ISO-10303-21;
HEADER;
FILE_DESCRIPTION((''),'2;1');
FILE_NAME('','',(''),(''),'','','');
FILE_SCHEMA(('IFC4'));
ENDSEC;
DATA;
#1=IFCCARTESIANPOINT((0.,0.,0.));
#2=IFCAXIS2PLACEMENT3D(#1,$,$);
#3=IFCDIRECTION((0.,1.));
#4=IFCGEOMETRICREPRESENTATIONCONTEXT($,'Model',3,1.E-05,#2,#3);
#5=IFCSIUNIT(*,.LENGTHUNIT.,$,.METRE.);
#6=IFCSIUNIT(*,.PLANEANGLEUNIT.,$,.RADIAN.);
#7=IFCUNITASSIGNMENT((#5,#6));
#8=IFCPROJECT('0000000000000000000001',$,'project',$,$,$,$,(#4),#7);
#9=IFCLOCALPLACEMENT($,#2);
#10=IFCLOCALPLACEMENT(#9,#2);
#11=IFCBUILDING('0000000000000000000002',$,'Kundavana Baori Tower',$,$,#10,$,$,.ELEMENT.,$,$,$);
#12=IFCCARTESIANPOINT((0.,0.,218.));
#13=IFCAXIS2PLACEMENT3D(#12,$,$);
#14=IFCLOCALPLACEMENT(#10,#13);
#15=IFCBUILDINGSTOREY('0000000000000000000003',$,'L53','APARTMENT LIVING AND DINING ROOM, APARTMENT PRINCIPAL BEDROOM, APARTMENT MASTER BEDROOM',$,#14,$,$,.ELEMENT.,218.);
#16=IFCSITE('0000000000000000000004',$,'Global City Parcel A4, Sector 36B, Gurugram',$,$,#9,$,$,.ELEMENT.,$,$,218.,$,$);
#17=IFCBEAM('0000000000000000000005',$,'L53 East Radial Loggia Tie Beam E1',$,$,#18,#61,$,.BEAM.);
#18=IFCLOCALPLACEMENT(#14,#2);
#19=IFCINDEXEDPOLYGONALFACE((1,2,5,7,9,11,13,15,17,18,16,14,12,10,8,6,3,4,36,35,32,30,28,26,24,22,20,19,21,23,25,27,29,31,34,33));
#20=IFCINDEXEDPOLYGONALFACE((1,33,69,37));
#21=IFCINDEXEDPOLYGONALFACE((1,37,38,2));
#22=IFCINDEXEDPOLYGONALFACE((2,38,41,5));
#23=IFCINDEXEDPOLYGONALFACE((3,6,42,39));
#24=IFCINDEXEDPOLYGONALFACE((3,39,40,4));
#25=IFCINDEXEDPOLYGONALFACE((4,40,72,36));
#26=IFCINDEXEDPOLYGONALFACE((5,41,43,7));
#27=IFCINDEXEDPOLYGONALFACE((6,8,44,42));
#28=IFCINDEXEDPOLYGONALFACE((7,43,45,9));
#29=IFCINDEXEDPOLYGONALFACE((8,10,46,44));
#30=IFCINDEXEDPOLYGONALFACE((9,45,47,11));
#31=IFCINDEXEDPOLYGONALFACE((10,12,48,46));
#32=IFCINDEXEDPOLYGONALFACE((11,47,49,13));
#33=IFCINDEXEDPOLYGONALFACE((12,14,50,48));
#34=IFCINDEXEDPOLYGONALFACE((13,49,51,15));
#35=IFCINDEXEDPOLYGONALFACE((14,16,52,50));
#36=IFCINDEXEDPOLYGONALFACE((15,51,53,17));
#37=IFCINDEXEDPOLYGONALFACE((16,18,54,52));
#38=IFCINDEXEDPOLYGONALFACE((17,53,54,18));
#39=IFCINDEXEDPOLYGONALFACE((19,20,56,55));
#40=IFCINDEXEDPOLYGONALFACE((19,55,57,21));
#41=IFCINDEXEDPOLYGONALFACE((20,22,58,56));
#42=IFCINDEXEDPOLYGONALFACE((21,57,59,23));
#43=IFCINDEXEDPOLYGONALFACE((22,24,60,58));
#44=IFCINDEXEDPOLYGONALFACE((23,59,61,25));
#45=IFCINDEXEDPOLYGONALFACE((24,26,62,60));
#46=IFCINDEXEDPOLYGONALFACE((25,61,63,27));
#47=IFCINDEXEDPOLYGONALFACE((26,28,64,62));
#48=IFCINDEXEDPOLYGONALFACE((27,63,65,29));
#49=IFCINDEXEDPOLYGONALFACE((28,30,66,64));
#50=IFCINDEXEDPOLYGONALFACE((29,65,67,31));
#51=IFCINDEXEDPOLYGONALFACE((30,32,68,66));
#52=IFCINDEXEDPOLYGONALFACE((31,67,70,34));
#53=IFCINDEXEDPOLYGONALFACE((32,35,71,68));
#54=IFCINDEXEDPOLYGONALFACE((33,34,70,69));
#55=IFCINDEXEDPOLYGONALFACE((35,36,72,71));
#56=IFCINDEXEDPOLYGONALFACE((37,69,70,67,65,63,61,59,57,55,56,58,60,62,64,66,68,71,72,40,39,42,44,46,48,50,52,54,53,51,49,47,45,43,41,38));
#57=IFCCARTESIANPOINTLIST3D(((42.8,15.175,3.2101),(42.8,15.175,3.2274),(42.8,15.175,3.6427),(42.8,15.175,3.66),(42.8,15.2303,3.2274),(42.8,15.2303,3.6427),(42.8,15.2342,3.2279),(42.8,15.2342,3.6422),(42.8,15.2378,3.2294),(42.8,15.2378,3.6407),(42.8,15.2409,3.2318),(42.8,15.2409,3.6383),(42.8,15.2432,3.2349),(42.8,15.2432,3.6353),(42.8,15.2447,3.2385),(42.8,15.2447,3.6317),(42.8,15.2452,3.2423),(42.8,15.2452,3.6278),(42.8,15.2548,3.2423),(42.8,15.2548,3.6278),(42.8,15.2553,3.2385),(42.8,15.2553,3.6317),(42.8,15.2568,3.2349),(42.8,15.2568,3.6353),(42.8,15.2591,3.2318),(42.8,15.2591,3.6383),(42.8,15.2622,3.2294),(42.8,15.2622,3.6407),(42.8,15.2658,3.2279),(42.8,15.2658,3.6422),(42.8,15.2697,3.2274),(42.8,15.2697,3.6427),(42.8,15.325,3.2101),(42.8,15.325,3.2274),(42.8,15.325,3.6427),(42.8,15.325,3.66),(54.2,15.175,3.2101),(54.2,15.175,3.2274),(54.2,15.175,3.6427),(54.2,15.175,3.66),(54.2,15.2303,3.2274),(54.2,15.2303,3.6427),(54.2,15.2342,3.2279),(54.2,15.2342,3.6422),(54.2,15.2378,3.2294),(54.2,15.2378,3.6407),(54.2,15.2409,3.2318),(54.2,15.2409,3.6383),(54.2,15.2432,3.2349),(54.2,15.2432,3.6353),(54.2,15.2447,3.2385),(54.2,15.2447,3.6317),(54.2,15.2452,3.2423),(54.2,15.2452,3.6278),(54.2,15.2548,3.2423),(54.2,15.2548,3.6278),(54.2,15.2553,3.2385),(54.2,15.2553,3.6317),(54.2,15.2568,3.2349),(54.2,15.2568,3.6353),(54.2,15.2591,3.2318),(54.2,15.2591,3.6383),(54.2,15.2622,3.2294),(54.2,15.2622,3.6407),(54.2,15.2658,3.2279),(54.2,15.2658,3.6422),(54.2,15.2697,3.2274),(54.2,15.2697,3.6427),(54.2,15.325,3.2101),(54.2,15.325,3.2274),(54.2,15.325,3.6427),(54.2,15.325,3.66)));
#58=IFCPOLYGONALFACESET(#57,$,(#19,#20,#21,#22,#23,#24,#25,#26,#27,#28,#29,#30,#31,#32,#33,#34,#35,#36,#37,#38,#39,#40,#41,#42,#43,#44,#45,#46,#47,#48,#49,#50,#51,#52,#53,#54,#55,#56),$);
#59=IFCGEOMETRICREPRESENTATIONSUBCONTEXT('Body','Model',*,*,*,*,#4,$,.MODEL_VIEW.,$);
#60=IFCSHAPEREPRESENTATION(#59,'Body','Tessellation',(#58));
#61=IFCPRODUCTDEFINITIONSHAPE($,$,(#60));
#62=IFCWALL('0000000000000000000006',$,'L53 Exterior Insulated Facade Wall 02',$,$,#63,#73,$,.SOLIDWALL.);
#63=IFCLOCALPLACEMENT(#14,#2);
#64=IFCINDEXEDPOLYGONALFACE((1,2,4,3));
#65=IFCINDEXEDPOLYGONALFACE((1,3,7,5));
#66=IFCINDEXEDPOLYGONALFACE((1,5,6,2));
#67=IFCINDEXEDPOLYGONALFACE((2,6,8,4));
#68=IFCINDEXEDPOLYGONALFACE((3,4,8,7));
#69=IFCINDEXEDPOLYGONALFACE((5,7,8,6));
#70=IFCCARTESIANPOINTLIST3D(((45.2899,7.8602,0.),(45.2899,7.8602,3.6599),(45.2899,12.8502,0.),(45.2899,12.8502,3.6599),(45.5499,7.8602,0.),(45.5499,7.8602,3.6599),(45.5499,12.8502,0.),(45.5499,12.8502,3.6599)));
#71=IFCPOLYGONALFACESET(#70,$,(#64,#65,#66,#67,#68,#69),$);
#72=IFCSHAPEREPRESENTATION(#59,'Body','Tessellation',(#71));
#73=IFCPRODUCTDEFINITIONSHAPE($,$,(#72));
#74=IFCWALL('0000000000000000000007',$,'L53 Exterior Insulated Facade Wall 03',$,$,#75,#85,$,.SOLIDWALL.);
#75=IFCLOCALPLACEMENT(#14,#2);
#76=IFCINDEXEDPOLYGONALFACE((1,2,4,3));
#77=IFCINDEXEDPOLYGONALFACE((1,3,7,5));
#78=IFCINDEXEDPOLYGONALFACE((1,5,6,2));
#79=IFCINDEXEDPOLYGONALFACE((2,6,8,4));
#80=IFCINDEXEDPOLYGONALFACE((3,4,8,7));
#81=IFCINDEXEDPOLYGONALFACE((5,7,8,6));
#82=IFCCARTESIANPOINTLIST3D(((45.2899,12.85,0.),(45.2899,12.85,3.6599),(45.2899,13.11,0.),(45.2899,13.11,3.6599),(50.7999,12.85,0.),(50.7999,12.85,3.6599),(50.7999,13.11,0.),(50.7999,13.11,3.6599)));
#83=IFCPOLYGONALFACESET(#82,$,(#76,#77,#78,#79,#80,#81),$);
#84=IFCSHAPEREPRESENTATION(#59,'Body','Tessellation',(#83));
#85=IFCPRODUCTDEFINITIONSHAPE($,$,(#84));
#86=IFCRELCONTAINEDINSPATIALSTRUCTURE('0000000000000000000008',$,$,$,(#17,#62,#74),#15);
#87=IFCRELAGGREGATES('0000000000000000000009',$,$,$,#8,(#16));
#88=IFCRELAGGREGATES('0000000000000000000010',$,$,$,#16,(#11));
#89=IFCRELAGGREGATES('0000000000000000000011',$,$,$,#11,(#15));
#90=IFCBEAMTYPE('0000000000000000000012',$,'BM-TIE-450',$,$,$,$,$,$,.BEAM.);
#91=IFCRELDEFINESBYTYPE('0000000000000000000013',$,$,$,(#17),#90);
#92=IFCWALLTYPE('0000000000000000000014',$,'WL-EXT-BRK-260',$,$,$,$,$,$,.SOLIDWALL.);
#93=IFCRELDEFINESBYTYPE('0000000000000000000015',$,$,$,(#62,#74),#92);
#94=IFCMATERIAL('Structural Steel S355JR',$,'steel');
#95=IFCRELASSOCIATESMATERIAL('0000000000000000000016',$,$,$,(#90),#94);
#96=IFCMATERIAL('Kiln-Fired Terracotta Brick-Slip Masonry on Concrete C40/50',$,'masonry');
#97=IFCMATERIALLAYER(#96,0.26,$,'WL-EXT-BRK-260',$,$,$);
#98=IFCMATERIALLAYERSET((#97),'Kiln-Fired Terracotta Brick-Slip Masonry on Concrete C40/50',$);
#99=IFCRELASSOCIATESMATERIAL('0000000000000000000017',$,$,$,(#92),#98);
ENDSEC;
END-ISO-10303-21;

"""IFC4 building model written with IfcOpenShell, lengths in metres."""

from ifc_helpers import new_model, si_unit, direction, frame, frame_2d, origin, origin_2d, place, context, subcontext, project, spatial, rectangle, i_section, extrude, material, layer, layer_set, material_profile, profile_set, type_object, element, save


model = new_model("IFC4")

# Units and contexts
model_context = context("Model", 3, precision=1e-05, world=origin(), true_north=direction((0.0, 1.0)))
body_context = subcontext(model_context, "Body", "Model", "MODEL_VIEW")
ifc_project = project(units=[si_unit("LENGTHUNIT", "METRE"), si_unit("PLANEANGLEUNIT", "RADIAN")], contexts=[model_context])

# Site, building, storey
site_placement = place(None, origin())
site = spatial("IfcSite", under=ifc_project, at=site_placement, Name="Global City Parcel A4, Sector 36B, Gurugram", CompositionType="ELEMENT", RefElevation=218.0)
building_placement = place(site_placement, origin())
building = spatial("IfcBuilding", under=site, at=building_placement, Name="Kundavana Baori Tower", CompositionType="ELEMENT")
storey_placement = place(building_placement, frame((0.0, 0.0, 218.0)))
storey = spatial("IfcBuildingStorey", under=building, at=storey_placement, Name="L53", Description="APARTMENT LIVING AND DINING ROOM, APARTMENT PRINCIPAL BEDROOM, APARTMENT MASTER BEDROOM", CompositionType="ELEMENT", Elevation=218.0)

# Beam
ifc_material_1 = material(Name="Structural Steel S355JR", Category="steel")
ifc_material_profile_1 = material_profile(ifc_material_1, i_section(OverallWidth=0.1499, OverallDepth=0.45, WebThickness=0.0095, FlangeThickness=0.0173, FilletRadius=0.0149, at=origin_2d()), Name="ISMB 450")
ifc_profile_set_1 = profile_set([ifc_material_profile_1], Name="Structural Steel S355JR")
beam_type_1 = type_object("IfcBeamType", Name="BM-TIE-450", PredefinedType="BEAM", material=ifc_profile_set_1)
beam_1_placement = place(storey_placement, frame((42.8, 15.25, 3.4351), z_axis=(1.0, 0.0, 0.0), x_axis=(0.0, 1.0, 0.0)))
element("IfcBeam", 1, at=beam_1_placement, inside=storey, type_object=beam_type_1, Name="L53 East Radial Loggia Tie Beam E1", PredefinedType="BEAM", context=body_context, shape_type="SweptSolid", body=[
    extrude(i_section(OverallWidth=0.1499, OverallDepth=0.45, WebThickness=0.0095, FlangeThickness=0.0173, FilletRadius=0.0149, at=origin_2d()), origin(), (0.0, 0.0, 1.0), 11.3999),
])

# Walls
ifc_material_2 = material(Name="Kiln-Fired Terracotta Brick-Slip Masonry on Concrete C40/50", Category="masonry")
ifc_layer_1 = layer(ifc_material_2, 0.26, Name="WL-EXT-BRK-260")
ifc_layer_set_1 = layer_set([ifc_layer_1], Name="Kiln-Fired Terracotta Brick-Slip Masonry on Concrete C40/50")
wall_type_1 = type_object("IfcWallType", Name="WL-EXT-BRK-260", PredefinedType="SOLIDWALL", material=ifc_layer_set_1)
wall_1_placement = place(storey_placement, frame((45.4199, 7.8601, 0.0), z_axis=(0.0, 0.0, 1.0), x_axis=(0.0, 1.0, 0.0)))
element("IfcWall", 2, at=wall_1_placement, inside=storey, type_object=wall_type_1, Name="L53 Exterior Insulated Facade Wall 02", PredefinedType="SOLIDWALL", context=body_context, shape_type="SweptSolid", body=[
    extrude(rectangle(XDim=4.99, YDim=0.26, at=frame_2d((2.4951, 0.0))), origin(), (0.0, 0.0, 1.0), 3.6599),
])
wall_2_placement = place(storey_placement, frame((45.29, 12.98, 0.0), z_axis=(0.0, 0.0, 1.0), x_axis=(1.0, 0.0, 0.0)))
element("IfcWall", 3, at=wall_2_placement, inside=storey, type_object=wall_type_1, Name="L53 Exterior Insulated Facade Wall 03", PredefinedType="SOLIDWALL", context=body_context, shape_type="SweptSolid", body=[
    extrude(rectangle(XDim=5.51, YDim=0.26, at=frame_2d((2.7549, 0.0))), origin(), (0.0, 0.0, 1.0), 3.6599),
])

save(model, "model.ifc")
